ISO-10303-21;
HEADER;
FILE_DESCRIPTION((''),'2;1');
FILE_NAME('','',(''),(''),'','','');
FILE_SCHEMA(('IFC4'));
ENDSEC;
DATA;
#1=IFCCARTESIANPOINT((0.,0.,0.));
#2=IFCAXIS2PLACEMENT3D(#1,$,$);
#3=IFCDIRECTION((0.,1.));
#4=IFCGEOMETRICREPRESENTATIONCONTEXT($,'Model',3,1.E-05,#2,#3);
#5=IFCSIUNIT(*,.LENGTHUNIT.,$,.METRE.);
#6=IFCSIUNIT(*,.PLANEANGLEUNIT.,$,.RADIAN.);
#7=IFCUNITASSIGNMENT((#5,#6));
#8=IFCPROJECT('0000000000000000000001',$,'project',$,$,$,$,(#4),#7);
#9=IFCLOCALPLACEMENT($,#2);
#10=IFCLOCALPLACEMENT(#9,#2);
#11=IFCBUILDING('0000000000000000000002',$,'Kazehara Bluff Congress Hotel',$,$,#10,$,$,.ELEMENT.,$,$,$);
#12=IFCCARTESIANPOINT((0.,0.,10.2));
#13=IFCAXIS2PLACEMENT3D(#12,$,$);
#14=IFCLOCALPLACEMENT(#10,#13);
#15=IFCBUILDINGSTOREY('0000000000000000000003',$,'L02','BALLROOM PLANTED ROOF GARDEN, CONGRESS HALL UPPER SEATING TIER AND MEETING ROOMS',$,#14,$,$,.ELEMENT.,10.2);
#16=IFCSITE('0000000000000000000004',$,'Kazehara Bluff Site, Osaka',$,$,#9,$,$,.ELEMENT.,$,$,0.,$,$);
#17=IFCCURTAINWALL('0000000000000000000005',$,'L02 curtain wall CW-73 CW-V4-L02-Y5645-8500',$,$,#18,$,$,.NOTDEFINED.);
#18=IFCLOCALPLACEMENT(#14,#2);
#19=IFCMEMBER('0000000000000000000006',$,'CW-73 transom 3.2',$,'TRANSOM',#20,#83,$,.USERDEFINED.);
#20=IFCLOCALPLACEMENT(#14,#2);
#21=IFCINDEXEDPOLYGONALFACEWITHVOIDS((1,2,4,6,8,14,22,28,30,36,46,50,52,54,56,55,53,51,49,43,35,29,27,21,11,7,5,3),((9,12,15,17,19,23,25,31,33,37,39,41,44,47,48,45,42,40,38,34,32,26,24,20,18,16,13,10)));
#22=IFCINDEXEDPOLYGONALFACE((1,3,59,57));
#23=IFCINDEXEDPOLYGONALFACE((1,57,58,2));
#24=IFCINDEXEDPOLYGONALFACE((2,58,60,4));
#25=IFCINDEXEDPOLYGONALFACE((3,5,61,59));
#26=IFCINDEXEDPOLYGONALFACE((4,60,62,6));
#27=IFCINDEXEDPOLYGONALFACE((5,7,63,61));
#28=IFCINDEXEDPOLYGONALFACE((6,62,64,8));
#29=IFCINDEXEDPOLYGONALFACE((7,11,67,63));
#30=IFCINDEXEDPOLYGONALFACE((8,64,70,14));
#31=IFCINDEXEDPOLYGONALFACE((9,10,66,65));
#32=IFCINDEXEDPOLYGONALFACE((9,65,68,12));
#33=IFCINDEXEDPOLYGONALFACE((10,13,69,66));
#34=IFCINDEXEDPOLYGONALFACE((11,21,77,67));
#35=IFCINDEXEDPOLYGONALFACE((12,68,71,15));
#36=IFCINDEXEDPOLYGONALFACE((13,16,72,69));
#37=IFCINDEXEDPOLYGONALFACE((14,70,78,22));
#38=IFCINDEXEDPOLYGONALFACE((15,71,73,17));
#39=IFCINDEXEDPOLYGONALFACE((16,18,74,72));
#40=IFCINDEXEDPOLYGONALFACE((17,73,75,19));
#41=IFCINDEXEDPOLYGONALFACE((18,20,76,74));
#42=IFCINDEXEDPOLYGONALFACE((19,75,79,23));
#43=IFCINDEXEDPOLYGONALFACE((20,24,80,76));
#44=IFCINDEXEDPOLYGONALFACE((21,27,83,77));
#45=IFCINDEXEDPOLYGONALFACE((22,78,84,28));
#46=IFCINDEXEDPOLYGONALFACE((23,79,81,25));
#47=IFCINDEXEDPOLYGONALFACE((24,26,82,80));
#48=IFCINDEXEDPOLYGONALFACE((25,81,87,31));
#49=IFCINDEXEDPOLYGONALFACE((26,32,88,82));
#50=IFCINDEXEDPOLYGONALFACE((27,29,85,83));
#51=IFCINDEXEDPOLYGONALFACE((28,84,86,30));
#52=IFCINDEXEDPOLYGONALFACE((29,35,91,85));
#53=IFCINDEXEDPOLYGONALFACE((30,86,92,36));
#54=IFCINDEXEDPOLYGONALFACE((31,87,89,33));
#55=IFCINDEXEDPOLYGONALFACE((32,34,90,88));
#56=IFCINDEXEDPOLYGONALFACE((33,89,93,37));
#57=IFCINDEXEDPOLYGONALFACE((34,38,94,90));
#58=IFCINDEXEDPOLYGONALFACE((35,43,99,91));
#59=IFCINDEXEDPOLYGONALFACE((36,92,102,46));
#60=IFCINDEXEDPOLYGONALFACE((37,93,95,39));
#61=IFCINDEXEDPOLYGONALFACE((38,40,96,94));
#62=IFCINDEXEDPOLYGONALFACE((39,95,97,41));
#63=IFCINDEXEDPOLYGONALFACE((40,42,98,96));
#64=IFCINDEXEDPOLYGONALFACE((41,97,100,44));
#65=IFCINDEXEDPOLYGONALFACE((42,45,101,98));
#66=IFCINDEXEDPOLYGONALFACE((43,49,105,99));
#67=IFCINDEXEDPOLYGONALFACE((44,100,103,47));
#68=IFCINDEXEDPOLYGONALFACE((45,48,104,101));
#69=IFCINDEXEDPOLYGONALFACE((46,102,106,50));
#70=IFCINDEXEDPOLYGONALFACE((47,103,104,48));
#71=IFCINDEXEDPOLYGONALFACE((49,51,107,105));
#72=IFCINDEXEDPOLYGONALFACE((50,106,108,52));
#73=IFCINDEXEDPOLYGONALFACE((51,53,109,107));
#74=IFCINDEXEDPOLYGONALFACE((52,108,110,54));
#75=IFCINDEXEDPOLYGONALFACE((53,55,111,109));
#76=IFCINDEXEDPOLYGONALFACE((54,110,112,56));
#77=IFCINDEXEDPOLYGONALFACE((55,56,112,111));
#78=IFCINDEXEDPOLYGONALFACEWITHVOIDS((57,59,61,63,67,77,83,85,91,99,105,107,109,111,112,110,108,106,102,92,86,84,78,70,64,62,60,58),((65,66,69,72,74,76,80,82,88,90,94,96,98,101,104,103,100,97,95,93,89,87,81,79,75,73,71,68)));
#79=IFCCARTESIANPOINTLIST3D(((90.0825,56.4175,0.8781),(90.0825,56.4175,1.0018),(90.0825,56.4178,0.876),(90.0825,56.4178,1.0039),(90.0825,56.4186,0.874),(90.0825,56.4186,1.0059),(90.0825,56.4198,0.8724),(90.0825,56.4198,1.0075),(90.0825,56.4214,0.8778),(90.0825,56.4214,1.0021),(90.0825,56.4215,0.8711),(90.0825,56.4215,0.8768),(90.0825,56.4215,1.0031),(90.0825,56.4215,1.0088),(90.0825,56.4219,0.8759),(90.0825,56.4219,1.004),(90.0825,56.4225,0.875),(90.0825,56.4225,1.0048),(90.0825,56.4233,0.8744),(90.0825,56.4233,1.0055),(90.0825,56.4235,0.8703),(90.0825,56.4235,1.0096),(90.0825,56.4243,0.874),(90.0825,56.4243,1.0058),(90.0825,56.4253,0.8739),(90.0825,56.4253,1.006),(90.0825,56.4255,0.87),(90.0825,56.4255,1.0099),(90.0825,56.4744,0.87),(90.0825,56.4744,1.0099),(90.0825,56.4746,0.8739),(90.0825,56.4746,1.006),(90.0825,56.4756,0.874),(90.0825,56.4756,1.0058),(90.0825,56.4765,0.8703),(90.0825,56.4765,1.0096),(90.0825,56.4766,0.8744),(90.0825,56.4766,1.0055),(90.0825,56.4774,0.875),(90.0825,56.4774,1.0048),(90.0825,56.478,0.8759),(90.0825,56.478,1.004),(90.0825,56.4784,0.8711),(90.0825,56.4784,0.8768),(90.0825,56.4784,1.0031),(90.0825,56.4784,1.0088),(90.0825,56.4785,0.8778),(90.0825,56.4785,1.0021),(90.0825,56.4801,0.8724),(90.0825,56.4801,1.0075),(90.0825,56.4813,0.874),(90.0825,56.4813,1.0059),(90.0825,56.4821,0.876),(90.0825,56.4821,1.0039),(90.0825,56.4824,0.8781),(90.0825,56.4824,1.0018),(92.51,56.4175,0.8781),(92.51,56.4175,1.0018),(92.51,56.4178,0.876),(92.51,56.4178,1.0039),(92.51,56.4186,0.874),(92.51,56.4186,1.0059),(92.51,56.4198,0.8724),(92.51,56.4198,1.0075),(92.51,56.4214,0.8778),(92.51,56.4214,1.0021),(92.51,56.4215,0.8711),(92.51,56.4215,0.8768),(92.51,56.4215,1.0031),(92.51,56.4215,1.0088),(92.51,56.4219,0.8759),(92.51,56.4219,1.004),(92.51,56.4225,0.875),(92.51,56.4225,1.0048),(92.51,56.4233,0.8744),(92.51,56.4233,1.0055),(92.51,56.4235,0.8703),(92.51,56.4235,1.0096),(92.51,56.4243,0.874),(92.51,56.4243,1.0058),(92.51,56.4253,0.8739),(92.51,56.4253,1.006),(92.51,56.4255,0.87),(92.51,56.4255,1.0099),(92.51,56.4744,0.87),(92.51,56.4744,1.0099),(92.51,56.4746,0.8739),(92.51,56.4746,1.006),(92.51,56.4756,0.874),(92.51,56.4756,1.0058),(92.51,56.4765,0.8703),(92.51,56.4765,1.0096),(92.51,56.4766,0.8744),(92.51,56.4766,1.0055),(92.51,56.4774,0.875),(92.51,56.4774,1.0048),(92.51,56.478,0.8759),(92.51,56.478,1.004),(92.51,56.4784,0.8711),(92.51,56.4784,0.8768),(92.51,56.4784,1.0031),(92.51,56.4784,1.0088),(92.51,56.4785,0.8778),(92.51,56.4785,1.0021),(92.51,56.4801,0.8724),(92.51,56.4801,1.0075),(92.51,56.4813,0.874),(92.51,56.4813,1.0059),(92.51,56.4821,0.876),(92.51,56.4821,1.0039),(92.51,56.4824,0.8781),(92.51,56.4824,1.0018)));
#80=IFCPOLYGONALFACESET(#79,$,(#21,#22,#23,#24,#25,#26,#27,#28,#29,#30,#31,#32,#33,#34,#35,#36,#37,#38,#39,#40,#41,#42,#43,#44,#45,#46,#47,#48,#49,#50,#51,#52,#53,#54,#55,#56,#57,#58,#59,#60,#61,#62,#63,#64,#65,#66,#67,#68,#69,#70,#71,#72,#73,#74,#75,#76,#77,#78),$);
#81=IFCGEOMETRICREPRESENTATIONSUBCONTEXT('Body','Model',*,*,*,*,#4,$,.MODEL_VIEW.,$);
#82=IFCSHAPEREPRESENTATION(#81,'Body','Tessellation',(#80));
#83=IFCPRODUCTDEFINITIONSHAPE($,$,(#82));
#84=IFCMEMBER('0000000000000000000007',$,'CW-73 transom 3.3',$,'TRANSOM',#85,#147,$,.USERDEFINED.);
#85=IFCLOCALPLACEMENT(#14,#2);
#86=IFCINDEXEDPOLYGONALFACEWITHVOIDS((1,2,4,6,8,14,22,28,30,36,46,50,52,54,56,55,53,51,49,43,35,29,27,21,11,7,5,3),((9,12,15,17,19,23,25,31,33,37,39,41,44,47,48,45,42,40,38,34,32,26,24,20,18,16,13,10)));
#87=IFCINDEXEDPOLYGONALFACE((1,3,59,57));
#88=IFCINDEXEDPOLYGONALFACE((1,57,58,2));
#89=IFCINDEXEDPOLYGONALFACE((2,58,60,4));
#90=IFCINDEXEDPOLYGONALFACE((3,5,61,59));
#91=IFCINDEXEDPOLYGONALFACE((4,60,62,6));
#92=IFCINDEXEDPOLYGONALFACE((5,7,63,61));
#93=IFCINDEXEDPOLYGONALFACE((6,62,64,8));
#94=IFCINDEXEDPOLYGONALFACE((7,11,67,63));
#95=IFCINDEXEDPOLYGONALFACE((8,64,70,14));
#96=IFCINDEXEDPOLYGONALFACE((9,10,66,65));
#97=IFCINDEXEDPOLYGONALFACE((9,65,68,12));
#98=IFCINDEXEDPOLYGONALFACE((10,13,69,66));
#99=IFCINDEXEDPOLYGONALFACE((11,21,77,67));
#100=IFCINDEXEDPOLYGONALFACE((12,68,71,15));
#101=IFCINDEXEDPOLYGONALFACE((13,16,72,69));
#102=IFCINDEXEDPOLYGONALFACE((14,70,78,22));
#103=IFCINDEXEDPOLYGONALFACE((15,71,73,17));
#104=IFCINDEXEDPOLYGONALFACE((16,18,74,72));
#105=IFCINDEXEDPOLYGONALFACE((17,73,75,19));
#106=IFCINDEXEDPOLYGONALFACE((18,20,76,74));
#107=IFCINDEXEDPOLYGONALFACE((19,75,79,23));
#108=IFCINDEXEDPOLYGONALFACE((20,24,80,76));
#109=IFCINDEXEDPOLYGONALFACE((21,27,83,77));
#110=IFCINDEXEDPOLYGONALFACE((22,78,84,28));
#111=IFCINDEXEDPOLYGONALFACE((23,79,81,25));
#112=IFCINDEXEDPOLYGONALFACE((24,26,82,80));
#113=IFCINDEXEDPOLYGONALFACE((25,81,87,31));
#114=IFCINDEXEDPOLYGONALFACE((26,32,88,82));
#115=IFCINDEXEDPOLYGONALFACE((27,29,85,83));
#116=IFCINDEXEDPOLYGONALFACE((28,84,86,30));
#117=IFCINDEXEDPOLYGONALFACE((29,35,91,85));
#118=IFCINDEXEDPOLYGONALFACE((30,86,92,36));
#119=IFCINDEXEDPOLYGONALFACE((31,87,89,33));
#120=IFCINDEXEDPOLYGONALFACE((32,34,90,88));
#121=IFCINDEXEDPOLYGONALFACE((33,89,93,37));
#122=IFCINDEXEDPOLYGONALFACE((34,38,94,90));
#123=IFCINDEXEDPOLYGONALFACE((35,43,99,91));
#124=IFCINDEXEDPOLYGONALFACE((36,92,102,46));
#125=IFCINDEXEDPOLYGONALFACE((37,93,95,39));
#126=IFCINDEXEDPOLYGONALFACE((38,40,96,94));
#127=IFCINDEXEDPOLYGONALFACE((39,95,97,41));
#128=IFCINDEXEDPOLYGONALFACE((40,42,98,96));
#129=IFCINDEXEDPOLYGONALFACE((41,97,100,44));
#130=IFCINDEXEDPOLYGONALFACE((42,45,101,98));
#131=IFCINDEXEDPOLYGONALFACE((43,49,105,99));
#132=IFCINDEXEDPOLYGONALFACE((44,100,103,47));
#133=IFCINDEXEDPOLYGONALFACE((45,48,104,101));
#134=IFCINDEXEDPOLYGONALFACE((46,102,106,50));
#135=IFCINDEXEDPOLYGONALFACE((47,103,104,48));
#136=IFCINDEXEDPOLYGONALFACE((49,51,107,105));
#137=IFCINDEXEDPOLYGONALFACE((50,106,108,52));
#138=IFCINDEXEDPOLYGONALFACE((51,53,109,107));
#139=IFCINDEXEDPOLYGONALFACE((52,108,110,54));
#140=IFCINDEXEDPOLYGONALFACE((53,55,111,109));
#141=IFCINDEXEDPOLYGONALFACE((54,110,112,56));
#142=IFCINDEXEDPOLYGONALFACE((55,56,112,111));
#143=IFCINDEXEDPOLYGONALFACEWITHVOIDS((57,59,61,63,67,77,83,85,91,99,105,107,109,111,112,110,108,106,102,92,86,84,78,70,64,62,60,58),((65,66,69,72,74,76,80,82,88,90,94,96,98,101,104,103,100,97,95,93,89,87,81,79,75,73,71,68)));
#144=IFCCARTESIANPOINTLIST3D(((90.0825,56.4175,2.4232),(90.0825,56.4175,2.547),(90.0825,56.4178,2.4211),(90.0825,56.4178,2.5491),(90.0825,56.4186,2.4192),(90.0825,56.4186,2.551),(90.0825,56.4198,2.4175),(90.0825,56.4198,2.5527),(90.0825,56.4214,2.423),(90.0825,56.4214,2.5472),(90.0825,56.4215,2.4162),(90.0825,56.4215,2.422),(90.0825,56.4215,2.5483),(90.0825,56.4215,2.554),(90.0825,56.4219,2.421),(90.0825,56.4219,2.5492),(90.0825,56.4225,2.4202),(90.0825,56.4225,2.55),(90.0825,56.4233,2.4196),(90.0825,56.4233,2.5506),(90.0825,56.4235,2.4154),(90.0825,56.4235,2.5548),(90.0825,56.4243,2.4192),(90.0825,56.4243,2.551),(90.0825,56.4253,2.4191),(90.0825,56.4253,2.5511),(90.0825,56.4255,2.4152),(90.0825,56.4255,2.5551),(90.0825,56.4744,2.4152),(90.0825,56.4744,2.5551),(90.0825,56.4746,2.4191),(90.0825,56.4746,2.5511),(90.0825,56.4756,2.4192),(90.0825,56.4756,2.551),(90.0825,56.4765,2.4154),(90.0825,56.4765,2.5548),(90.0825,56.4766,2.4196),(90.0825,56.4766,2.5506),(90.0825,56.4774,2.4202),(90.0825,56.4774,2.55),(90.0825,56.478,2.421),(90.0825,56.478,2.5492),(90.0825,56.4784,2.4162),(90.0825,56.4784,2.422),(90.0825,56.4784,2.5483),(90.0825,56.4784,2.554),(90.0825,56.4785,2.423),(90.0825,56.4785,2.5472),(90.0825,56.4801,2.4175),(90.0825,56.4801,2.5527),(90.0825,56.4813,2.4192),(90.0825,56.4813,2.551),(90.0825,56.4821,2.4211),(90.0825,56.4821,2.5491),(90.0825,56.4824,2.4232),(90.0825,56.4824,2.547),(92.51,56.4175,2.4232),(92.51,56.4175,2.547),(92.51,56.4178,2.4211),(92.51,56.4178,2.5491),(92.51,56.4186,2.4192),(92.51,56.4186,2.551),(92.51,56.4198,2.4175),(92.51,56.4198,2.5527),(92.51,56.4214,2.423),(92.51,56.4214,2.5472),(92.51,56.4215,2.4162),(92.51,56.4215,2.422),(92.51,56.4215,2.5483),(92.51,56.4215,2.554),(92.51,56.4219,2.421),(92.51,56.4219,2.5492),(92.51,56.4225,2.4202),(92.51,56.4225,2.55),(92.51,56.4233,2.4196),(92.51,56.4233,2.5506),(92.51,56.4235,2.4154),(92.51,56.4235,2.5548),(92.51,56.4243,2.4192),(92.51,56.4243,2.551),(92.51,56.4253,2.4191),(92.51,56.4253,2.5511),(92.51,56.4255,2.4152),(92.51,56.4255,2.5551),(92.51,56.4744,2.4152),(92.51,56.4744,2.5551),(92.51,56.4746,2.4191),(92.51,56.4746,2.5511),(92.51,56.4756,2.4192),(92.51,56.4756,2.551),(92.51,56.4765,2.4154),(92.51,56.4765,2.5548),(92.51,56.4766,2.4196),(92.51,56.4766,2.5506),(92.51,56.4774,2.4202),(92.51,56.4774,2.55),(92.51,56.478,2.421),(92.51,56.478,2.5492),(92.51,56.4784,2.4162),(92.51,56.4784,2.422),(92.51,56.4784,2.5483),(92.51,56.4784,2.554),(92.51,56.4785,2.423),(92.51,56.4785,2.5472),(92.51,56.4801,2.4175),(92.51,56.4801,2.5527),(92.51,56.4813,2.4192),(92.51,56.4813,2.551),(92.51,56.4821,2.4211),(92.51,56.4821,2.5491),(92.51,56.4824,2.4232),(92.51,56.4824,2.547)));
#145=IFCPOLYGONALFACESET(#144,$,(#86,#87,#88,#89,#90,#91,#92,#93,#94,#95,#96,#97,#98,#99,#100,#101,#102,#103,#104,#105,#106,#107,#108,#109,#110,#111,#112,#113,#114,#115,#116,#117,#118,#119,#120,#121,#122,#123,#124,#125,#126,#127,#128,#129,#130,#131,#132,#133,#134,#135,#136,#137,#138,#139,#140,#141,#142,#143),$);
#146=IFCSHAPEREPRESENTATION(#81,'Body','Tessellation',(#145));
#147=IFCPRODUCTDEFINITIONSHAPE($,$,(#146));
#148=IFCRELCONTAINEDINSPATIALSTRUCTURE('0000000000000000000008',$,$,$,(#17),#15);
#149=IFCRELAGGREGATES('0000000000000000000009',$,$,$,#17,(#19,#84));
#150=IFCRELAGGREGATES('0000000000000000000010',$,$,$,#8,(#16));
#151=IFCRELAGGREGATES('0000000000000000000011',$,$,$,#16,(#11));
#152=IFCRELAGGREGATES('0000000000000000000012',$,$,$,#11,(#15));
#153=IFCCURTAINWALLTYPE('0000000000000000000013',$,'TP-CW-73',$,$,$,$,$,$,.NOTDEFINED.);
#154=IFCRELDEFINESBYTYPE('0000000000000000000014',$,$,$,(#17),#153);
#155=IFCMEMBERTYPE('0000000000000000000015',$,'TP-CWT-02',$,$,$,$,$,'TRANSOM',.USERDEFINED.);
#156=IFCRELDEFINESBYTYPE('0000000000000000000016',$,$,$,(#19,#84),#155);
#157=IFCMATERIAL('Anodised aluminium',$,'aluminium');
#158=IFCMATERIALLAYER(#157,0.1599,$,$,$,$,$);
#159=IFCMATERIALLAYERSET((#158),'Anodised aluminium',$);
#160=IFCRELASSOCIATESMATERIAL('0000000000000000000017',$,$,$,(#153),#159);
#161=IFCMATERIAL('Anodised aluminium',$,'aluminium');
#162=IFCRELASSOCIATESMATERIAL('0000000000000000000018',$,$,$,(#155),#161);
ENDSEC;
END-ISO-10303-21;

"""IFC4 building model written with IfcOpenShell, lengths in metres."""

from ifc_helpers import new_model, si_unit, direction, frame, origin, origin_2d, place, context, subcontext, project, spatial, hollow_rectangle, extrude, material, layer, layer_set, material_profile, profile_set, type_object, element, aggregate, save


model = new_model("IFC4")

# Units and contexts
model_context = context("Model", 3, precision=1e-05, world=origin(), true_north=direction((0.0, 1.0)))
body_context = subcontext(model_context, "Body", "Model", "MODEL_VIEW")
ifc_project = project(units=[si_unit("LENGTHUNIT", "METRE"), si_unit("PLANEANGLEUNIT", "RADIAN")], contexts=[model_context])

# Site, building, storey
site_placement = place(None, origin())
site = spatial("IfcSite", under=ifc_project, at=site_placement, Name="Kazehara Bluff Site, Osaka", CompositionType="ELEMENT", RefElevation=0.0)
building_placement = place(site_placement, origin())
building = spatial("IfcBuilding", under=site, at=building_placement, Name="Kazehara Bluff Congress Hotel", CompositionType="ELEMENT")
storey_placement = place(building_placement, frame((0.0, 0.0, 10.2)))
storey = spatial("IfcBuildingStorey", under=building, at=storey_placement, Name="L02", Description="BALLROOM PLANTED ROOF GARDEN, CONGRESS HALL UPPER SEATING TIER AND MEETING ROOMS", CompositionType="ELEMENT", Elevation=10.2)

# Curtain wall, members
ifc_material_1 = material(Name="Anodised aluminium", Category="aluminium")
ifc_layer_1 = layer(ifc_material_1, 0.1599)
ifc_layer_set_1 = layer_set([ifc_layer_1], Name="Anodised aluminium")
curtain_wall_type = type_object("IfcCurtainWallType", Name="TP-CW-73", PredefinedType="NOTDEFINED", material=ifc_layer_set_1)
curtain_wall_placement = place(storey_placement, origin())
curtain_wall = element("IfcCurtainWall", 1, at=curtain_wall_placement, inside=storey, type_object=curtain_wall_type, Name="L02 curtain wall CW-73 CW-V4-L02-Y5645-8500", PredefinedType="NOTDEFINED")
ifc_material_2 = material(Name="Anodised aluminium", Category="aluminium")
ifc_material_profile_1 = material_profile(ifc_material_2, hollow_rectangle(XDim=0.0649, YDim=0.1399, WallThickness=0.0039, InnerFilletRadius=0.0039, OuterFilletRadius=0.0081, at=origin_2d()))
ifc_profile_set_1 = profile_set([ifc_material_profile_1], Name="Anodised aluminium")
member_type_1 = type_object("IfcMemberType", Name="TP-CWT-02", ElementType="TRANSOM", PredefinedType="USERDEFINED", material=ifc_profile_set_1)
member_1_placement = place(storey_placement, frame((90.0825, 56.45, 0.9399), z_axis=(1.0, 0.0, 0.0), x_axis=(0.0, 1.0, 0.0)))
member_1 = element("IfcMember", 2, at=member_1_placement, type_object=member_type_1, Name="CW-73 transom 3.2", ObjectType="TRANSOM", PredefinedType="USERDEFINED", context=body_context, shape_type="SweptSolid", body=[
    extrude(hollow_rectangle(XDim=0.0649, YDim=0.1399, WallThickness=0.0039, InnerFilletRadius=0.0039, OuterFilletRadius=0.0081, at=origin_2d()), origin(), (0.0, 0.0, 1.0), 2.4275),
])
member_2_placement = place(storey_placement, frame((90.0825, 56.45, 2.4851), z_axis=(1.0, 0.0, 0.0), x_axis=(0.0, 1.0, 0.0)))
member_2 = element("IfcMember", 3, at=member_2_placement, type_object=member_type_1, Name="CW-73 transom 3.3", ObjectType="TRANSOM", PredefinedType="USERDEFINED", context=body_context, shape_type="SweptSolid", body=[
    extrude(hollow_rectangle(XDim=0.0649, YDim=0.1399, WallThickness=0.0039, InnerFilletRadius=0.0039, OuterFilletRadius=0.0081, at=origin_2d()), origin(), (0.0, 0.0, 1.0), 2.4275),
])
aggregate(curtain_wall, [member_1, member_2])

save(model, "model.ifc")
